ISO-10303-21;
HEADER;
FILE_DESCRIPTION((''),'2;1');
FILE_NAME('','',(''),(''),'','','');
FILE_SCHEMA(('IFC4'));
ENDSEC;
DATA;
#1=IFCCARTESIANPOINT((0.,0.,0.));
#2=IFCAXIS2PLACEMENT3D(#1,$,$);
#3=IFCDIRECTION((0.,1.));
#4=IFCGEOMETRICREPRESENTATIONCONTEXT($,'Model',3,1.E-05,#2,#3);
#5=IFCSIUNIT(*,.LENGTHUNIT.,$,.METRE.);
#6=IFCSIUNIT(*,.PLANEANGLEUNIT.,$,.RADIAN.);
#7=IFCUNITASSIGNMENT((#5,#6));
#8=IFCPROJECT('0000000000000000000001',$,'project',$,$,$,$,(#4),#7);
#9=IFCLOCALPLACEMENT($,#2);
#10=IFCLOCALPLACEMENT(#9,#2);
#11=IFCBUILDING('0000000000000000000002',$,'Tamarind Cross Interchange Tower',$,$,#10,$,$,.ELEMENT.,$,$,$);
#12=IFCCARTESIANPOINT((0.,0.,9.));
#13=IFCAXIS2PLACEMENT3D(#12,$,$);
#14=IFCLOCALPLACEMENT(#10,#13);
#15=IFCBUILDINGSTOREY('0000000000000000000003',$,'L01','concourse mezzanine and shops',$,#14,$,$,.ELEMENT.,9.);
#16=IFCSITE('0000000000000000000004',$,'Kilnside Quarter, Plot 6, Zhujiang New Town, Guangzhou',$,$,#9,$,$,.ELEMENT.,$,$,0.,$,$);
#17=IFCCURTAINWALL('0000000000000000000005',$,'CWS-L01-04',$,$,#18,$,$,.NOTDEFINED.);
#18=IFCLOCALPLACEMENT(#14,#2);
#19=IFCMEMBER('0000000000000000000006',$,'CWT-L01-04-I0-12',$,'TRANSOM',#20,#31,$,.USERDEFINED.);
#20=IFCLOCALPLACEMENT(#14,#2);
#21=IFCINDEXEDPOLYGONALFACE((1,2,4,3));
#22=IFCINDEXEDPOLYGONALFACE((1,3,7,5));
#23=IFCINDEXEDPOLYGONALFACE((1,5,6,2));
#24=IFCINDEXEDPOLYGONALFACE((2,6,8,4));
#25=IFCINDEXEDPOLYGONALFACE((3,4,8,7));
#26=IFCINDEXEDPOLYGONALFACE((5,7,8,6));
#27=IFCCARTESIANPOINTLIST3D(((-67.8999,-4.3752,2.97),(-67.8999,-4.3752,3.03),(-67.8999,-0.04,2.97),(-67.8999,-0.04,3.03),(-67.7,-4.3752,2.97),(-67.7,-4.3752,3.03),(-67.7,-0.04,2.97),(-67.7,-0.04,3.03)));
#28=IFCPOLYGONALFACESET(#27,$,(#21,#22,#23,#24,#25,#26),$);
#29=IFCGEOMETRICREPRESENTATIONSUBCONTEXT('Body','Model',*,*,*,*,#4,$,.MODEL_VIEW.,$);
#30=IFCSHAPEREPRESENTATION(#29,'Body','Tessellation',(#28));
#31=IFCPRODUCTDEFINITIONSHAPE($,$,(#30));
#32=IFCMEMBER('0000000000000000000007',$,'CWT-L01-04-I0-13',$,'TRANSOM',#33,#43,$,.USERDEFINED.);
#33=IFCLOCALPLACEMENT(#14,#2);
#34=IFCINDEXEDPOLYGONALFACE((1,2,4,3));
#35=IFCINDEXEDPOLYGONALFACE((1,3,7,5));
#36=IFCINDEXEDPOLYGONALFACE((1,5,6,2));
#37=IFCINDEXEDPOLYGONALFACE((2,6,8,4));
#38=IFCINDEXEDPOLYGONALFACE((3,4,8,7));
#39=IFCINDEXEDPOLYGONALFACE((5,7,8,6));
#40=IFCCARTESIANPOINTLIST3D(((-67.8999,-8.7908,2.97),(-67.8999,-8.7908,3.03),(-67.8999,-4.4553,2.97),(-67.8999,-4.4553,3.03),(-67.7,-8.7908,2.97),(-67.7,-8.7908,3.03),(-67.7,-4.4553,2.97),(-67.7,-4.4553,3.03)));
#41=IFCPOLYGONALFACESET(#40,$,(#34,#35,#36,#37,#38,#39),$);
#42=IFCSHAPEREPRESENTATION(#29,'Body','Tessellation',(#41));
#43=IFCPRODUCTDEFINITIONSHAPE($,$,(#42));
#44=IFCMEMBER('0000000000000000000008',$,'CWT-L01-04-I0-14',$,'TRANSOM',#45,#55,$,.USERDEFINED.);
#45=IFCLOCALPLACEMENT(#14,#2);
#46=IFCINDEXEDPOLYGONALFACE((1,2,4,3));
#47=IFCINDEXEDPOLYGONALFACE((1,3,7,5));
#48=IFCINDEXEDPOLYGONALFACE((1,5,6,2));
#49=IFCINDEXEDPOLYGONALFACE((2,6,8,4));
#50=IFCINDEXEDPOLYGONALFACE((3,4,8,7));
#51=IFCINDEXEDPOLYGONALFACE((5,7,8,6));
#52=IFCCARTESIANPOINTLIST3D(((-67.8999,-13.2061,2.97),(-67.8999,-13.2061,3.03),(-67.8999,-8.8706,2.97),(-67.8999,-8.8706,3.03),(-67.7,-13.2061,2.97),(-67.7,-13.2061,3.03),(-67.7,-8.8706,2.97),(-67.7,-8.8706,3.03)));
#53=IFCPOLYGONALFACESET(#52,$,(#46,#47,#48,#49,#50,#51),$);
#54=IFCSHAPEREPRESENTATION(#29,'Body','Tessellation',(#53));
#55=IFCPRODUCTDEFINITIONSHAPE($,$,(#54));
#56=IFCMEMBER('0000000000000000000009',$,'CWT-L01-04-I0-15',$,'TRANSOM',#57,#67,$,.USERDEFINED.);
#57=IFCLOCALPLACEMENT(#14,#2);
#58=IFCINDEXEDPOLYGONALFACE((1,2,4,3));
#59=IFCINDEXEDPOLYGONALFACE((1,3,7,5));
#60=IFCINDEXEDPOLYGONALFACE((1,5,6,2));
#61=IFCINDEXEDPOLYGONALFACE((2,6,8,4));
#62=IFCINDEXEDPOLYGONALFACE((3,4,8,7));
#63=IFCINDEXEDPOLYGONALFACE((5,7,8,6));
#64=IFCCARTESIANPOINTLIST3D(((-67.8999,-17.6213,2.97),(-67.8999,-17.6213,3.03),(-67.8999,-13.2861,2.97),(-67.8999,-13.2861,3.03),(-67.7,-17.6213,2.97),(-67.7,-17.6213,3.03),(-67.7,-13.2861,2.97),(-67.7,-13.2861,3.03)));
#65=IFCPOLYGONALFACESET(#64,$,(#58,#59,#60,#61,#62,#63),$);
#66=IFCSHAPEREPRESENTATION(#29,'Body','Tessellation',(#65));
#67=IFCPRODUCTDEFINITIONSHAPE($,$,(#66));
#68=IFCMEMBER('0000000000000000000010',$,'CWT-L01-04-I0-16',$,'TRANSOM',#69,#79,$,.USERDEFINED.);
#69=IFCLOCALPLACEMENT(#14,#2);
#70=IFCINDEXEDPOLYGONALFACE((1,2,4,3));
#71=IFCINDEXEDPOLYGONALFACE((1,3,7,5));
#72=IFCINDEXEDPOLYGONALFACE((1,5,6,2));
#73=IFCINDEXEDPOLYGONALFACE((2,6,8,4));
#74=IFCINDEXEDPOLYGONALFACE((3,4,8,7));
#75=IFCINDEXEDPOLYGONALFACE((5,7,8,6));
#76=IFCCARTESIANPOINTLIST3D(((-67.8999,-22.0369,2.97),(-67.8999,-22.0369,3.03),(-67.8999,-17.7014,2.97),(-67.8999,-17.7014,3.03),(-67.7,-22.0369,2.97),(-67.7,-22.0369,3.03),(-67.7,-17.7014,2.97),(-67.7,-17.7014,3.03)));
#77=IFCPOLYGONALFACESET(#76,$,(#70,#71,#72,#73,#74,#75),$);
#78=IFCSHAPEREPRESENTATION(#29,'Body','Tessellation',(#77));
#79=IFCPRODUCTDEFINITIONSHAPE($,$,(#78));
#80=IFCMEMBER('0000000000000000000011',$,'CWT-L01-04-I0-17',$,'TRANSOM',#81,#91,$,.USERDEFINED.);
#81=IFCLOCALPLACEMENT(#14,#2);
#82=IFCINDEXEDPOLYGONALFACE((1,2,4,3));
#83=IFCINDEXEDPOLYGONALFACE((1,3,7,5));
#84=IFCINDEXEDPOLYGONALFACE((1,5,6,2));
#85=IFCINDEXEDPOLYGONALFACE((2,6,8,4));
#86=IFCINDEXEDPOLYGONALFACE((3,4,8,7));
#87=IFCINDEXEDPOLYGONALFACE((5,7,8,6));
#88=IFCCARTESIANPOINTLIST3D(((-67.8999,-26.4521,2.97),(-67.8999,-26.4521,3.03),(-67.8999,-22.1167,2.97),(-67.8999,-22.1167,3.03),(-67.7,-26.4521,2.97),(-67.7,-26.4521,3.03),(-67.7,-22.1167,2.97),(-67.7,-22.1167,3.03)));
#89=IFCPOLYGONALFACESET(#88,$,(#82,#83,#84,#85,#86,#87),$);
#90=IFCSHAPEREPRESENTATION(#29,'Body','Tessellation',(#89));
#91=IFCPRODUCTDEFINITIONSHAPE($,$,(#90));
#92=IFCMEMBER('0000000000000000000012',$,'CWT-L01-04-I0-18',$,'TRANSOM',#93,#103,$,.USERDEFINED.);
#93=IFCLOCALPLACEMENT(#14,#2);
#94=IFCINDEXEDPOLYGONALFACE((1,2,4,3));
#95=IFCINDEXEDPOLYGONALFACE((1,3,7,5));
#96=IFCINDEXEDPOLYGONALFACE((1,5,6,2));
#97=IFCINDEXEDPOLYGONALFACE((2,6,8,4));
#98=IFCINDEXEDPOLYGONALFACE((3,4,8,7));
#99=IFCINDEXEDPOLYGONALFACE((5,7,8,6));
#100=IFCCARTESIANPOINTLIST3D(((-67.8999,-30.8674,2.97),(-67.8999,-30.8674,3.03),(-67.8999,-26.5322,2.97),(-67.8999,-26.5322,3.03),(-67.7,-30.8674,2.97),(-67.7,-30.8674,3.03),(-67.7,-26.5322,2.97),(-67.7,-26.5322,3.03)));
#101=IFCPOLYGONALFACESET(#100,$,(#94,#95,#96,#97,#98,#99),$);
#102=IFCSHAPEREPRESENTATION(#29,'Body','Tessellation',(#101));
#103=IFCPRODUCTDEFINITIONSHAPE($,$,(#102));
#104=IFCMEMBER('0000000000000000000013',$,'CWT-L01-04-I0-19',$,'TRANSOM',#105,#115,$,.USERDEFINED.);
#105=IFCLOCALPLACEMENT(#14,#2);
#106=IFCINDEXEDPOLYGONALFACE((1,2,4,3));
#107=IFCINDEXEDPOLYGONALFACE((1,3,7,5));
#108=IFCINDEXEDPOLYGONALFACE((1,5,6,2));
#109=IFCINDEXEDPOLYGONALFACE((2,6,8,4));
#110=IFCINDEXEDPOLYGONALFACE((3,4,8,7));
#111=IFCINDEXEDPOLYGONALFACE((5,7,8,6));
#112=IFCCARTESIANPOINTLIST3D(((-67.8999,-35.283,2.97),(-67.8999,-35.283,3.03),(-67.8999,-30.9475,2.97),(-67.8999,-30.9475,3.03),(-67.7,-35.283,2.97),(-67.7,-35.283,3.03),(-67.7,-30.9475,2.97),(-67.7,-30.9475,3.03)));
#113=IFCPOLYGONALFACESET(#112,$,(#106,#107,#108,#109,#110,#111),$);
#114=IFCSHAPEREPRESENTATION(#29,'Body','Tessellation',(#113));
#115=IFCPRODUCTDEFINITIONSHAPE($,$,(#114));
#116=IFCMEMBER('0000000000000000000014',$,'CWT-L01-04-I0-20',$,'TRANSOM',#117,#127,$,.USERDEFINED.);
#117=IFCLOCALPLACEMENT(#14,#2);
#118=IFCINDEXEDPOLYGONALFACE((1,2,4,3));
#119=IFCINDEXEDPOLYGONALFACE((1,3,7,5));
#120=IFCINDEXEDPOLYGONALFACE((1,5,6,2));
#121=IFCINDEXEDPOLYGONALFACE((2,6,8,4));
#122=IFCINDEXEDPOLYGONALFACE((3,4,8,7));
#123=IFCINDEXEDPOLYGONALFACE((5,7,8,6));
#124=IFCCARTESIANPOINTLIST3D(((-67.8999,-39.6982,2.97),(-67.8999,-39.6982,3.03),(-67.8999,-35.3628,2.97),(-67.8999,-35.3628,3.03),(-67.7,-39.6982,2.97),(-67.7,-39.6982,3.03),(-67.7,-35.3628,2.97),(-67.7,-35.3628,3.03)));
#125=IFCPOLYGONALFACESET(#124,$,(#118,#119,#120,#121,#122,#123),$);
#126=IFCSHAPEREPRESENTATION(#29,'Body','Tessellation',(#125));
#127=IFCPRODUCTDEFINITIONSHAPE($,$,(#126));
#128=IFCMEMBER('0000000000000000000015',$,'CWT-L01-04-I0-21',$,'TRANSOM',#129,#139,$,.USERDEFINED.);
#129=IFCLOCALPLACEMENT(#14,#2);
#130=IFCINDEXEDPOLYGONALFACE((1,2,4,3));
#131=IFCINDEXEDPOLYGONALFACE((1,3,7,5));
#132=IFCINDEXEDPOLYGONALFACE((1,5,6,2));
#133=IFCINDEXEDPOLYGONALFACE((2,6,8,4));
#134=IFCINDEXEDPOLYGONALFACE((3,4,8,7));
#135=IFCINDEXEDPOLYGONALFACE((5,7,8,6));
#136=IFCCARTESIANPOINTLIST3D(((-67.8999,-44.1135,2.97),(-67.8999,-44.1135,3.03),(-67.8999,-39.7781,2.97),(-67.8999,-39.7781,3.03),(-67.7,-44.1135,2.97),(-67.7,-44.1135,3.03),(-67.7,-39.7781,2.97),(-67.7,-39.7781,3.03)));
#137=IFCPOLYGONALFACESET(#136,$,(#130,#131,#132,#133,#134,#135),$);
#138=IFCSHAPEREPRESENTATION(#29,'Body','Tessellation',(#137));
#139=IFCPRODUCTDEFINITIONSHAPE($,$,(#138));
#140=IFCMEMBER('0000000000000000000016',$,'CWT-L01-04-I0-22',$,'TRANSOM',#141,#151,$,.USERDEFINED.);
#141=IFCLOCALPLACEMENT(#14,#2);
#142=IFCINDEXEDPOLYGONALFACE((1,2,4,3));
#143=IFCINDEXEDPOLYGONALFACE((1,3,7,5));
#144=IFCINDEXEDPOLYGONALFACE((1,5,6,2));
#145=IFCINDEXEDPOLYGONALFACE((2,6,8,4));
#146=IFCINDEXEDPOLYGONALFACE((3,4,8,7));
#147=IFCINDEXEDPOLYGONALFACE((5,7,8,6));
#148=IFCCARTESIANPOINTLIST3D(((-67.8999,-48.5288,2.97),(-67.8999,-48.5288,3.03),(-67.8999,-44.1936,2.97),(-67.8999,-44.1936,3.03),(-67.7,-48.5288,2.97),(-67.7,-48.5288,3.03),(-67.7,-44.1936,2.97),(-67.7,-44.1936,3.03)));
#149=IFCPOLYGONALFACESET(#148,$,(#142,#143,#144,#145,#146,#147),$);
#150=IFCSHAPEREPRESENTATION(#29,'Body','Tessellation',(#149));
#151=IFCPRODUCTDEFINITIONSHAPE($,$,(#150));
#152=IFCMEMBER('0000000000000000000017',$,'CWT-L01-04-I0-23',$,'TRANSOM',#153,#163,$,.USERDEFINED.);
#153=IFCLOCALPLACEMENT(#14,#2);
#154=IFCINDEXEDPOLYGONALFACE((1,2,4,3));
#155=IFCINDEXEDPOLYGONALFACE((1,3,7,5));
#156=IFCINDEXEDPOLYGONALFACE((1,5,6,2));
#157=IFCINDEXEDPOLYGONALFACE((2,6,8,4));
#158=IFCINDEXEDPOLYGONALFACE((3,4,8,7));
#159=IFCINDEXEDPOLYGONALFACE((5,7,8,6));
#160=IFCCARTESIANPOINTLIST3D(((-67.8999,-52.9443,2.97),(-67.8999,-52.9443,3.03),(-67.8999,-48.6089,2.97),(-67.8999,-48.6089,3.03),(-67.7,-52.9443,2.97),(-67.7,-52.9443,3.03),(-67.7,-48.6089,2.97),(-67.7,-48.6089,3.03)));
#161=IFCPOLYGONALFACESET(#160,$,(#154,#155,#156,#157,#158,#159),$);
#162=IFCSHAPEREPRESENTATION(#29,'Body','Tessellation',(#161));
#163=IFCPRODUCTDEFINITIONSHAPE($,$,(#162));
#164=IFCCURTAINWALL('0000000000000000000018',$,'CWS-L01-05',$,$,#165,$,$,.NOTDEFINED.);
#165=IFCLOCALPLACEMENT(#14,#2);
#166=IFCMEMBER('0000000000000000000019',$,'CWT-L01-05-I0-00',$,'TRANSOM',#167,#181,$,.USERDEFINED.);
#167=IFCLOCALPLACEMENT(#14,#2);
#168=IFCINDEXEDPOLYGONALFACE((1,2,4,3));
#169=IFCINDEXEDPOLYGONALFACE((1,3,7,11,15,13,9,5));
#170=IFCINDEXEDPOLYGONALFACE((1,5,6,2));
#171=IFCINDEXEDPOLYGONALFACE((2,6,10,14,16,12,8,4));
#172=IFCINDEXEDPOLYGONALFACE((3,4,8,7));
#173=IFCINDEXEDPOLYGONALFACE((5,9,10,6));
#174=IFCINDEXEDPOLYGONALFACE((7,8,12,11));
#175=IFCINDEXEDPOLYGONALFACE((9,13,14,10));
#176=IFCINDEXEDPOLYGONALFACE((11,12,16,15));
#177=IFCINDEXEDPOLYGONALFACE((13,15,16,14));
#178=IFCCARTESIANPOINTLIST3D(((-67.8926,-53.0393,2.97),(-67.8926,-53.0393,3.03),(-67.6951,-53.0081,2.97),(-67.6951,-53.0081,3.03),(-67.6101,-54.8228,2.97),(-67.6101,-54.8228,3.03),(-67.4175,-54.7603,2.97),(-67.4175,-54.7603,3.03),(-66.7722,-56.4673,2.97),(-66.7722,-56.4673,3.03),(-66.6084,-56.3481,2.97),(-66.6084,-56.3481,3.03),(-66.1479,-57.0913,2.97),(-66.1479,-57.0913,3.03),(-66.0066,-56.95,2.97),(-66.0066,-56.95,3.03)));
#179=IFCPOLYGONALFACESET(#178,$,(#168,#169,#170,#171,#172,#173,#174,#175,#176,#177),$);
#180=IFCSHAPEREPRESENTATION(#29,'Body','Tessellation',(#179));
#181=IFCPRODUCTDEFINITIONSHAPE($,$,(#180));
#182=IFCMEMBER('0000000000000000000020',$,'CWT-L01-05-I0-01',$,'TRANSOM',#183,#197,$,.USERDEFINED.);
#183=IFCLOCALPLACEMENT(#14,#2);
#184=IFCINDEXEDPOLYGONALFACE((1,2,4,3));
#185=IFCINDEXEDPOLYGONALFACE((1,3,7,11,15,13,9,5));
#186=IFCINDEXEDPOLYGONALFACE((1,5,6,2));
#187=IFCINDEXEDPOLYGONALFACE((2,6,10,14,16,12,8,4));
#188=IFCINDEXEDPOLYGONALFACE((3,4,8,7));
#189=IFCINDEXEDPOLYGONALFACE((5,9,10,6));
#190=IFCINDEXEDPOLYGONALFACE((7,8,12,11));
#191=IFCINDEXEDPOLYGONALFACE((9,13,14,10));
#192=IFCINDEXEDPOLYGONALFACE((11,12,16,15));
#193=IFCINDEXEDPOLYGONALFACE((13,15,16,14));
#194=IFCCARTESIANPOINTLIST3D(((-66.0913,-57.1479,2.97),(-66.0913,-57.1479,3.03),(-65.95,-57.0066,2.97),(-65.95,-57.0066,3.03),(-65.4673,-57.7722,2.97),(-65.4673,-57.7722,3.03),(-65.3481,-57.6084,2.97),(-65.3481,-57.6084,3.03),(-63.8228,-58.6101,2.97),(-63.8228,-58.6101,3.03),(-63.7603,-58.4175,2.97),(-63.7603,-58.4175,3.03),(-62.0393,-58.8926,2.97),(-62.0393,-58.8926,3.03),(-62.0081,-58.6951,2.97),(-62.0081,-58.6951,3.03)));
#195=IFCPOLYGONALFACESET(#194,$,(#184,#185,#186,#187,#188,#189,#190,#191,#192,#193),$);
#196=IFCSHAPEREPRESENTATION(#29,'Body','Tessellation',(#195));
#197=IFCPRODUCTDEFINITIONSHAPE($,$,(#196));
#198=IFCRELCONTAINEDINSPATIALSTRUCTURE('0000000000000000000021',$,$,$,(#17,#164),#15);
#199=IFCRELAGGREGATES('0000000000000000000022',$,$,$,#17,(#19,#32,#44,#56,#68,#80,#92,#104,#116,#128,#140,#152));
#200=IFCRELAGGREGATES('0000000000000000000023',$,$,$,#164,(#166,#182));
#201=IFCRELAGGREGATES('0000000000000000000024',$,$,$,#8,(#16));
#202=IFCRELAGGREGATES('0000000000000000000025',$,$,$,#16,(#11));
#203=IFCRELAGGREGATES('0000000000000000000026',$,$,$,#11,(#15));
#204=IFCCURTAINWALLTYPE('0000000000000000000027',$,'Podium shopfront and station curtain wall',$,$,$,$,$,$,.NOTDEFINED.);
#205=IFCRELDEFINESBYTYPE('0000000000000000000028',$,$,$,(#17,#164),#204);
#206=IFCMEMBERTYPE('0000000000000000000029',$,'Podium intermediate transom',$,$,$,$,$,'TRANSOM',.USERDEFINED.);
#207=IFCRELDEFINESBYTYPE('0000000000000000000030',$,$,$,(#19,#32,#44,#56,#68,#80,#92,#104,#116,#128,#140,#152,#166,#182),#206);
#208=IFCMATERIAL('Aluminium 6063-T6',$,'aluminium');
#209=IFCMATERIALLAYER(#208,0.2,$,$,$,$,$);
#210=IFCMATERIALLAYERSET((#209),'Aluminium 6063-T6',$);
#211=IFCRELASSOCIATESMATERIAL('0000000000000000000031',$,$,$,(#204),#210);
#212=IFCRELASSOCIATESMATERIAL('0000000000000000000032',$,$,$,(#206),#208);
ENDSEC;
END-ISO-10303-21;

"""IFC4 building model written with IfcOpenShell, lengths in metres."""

from ifc_helpers import new_model, si_unit, direction, frame, origin, place, context, subcontext, project, spatial, polyline, outline, extrude, material, layer, layer_set, type_object, element, aggregate, save


model = new_model("IFC4")

# Units and contexts
model_context = context("Model", 3, precision=1e-05, world=origin(), true_north=direction((0.0, 1.0)))
body_context = subcontext(model_context, "Body", "Model", "MODEL_VIEW")
ifc_project = project(units=[si_unit("LENGTHUNIT", "METRE"), si_unit("PLANEANGLEUNIT", "RADIAN")], contexts=[model_context])

# Site, building, storey
site_placement = place(None, origin())
site = spatial("IfcSite", under=ifc_project, at=site_placement, Name="Kilnside Quarter, Plot 6, Zhujiang New Town, Guangzhou", CompositionType="ELEMENT", RefElevation=0.0)
building_placement = place(site_placement, origin())
building = spatial("IfcBuilding", under=site, at=building_placement, Name="Tamarind Cross Interchange Tower", CompositionType="ELEMENT")
storey_placement = place(building_placement, frame((0.0, 0.0, 9.0)))
storey = spatial("IfcBuildingStorey", under=building, at=storey_placement, Name="L01", Description="concourse mezzanine and shops", CompositionType="ELEMENT", Elevation=9.0)

# Curtain walls, members
ifc_material_1 = material(Name="Aluminium 6063-T6", Category="aluminium")
ifc_layer_1 = layer(ifc_material_1, 0.2)
ifc_layer_set_1 = layer_set([ifc_layer_1], Name="Aluminium 6063-T6")
curtain_wall_type = type_object("IfcCurtainWallType", Name="Podium shopfront and station curtain wall", PredefinedType="NOTDEFINED", material=ifc_layer_set_1)
curtain_wall_1_placement = place(storey_placement, origin())
curtain_wall_1 = element("IfcCurtainWall", 1, at=curtain_wall_1_placement, inside=storey, type_object=curtain_wall_type, Name="CWS-L01-04", PredefinedType="NOTDEFINED")
member_type = type_object("IfcMemberType", Name="Podium intermediate transom", ElementType="TRANSOM", PredefinedType="USERDEFINED", material=ifc_material_1)
member_1_placement = place(storey_placement, frame((0.0, 0.0, 2.97)))
member_1 = element("IfcMember", 2, at=member_1_placement, type_object=member_type, Name="CWT-L01-04-I0-12", ObjectType="TRANSOM", PredefinedType="USERDEFINED", context=body_context, shape_type="SweptSolid", body=[
    extrude(outline(polyline([(-67.7, -0.04), (-67.7, -4.3752), (-67.8999, -4.3752), (-67.8999, -0.04), (-67.7, -0.04)])), origin(), (0.0, 0.0, 1.0), 0.0601),
])
member_2_placement = place(storey_placement, frame((0.0, 0.0, 2.97)))
member_2 = element("IfcMember", 3, at=member_2_placement, type_object=member_type, Name="CWT-L01-04-I0-13", ObjectType="TRANSOM", PredefinedType="USERDEFINED", context=body_context, shape_type="SweptSolid", body=[
    extrude(outline(polyline([(-67.7, -4.4553), (-67.7, -8.7908), (-67.8999, -8.7908), (-67.8999, -4.4553), (-67.7, -4.4553)])), origin(), (0.0, 0.0, 1.0), 0.0601),
])
member_3_placement = place(storey_placement, frame((0.0, 0.0, 2.97)))
member_3 = element("IfcMember", 4, at=member_3_placement, type_object=member_type, Name="CWT-L01-04-I0-14", ObjectType="TRANSOM", PredefinedType="USERDEFINED", context=body_context, shape_type="SweptSolid", body=[
    extrude(outline(polyline([(-67.7, -8.8706), (-67.7, -13.2061), (-67.8999, -13.2061), (-67.8999, -8.8706), (-67.7, -8.8706)])), origin(), (0.0, 0.0, 1.0), 0.0601),
])
member_4_placement = place(storey_placement, frame((0.0, 0.0, 2.97)))
member_4 = element("IfcMember", 5, at=member_4_placement, type_object=member_type, Name="CWT-L01-04-I0-15", ObjectType="TRANSOM", PredefinedType="USERDEFINED", context=body_context, shape_type="SweptSolid", body=[
    extrude(outline(polyline([(-67.7, -13.2861), (-67.7, -17.6213), (-67.8999, -17.6213), (-67.8999, -13.2861), (-67.7, -13.2861)])), origin(), (0.0, 0.0, 1.0), 0.0601),
])
member_5_placement = place(storey_placement, frame((0.0, 0.0, 2.97)))
member_5 = element("IfcMember", 6, at=member_5_placement, type_object=member_type, Name="CWT-L01-04-I0-16", ObjectType="TRANSOM", PredefinedType="USERDEFINED", context=body_context, shape_type="SweptSolid", body=[
    extrude(outline(polyline([(-67.7, -17.7014), (-67.7, -22.0369), (-67.8999, -22.0369), (-67.8999, -17.7014), (-67.7, -17.7014)])), origin(), (0.0, 0.0, 1.0), 0.0601),
])
member_6_placement = place(storey_placement, frame((0.0, 0.0, 2.97)))
member_6 = element("IfcMember", 7, at=member_6_placement, type_object=member_type, Name="CWT-L01-04-I0-17", ObjectType="TRANSOM", PredefinedType="USERDEFINED", context=body_context, shape_type="SweptSolid", body=[
    extrude(outline(polyline([(-67.7, -22.1167), (-67.7, -26.4521), (-67.8999, -26.4521), (-67.8999, -22.1167), (-67.7, -22.1167)])), origin(), (0.0, 0.0, 1.0), 0.0601),
])
member_7_placement = place(storey_placement, frame((0.0, 0.0, 2.97)))
member_7 = element("IfcMember", 8, at=member_7_placement, type_object=member_type, Name="CWT-L01-04-I0-18", ObjectType="TRANSOM", PredefinedType="USERDEFINED", context=body_context, shape_type="SweptSolid", body=[
    extrude(outline(polyline([(-67.7, -26.5322), (-67.7, -30.8674), (-67.8999, -30.8674), (-67.8999, -26.5322), (-67.7, -26.5322)])), origin(), (0.0, 0.0, 1.0), 0.0601),
])
member_8_placement = place(storey_placement, frame((0.0, 0.0, 2.97)))
member_8 = element("IfcMember", 9, at=member_8_placement, type_object=member_type, Name="CWT-L01-04-I0-19", ObjectType="TRANSOM", PredefinedType="USERDEFINED", context=body_context, shape_type="SweptSolid", body=[
    extrude(outline(polyline([(-67.7, -30.9475), (-67.7, -35.283), (-67.8999, -35.283), (-67.8999, -30.9475), (-67.7, -30.9475)])), origin(), (0.0, 0.0, 1.0), 0.0601),
])
member_9_placement = place(storey_placement, frame((0.0, 0.0, 2.97)))
member_9 = element("IfcMember", 10, at=member_9_placement, type_object=member_type, Name="CWT-L01-04-I0-20", ObjectType="TRANSOM", PredefinedType="USERDEFINED", context=body_context, shape_type="SweptSolid", body=[
    extrude(outline(polyline([(-67.7, -35.3628), (-67.7, -39.6982), (-67.8999, -39.6982), (-67.8999, -35.3628), (-67.7, -35.3628)])), origin(), (0.0, 0.0, 1.0), 0.0601),
])
member_10_placement = place(storey_placement, frame((0.0, 0.0, 2.97)))
member_10 = element("IfcMember", 11, at=member_10_placement, type_object=member_type, Name="CWT-L01-04-I0-21", ObjectType="TRANSOM", PredefinedType="USERDEFINED", context=body_context, shape_type="SweptSolid", body=[
    extrude(outline(polyline([(-67.7, -39.7781), (-67.7, -44.1135), (-67.8999, -44.1135), (-67.8999, -39.7781), (-67.7, -39.7781)])), origin(), (0.0, 0.0, 1.0), 0.0601),
])
member_11_placement = place(storey_placement, frame((0.0, 0.0, 2.97)))
member_11 = element("IfcMember", 12, at=member_11_placement, type_object=member_type, Name="CWT-L01-04-I0-22", ObjectType="TRANSOM", PredefinedType="USERDEFINED", context=body_context, shape_type="SweptSolid", body=[
    extrude(outline(polyline([(-67.7, -44.1936), (-67.7, -48.5288), (-67.8999, -48.5288), (-67.8999, -44.1936), (-67.7, -44.1936)])), origin(), (0.0, 0.0, 1.0), 0.0601),
])
member_12_placement = place(storey_placement, frame((0.0, 0.0, 2.97)))
member_12 = element("IfcMember", 13, at=member_12_placement, type_object=member_type, Name="CWT-L01-04-I0-23", ObjectType="TRANSOM", PredefinedType="USERDEFINED", context=body_context, shape_type="SweptSolid", body=[
    extrude(outline(polyline([(-67.7, -48.6089), (-67.7, -52.9443), (-67.8999, -52.9443), (-67.8999, -48.6089), (-67.7, -48.6089)])), origin(), (0.0, 0.0, 1.0), 0.0601),
])
curtain_wall_2_placement = place(storey_placement, origin())
curtain_wall_2 = element("IfcCurtainWall", 14, at=curtain_wall_2_placement, inside=storey, type_object=curtain_wall_type, Name="CWS-L01-05", PredefinedType="NOTDEFINED")
member_13_placement = place(storey_placement, frame((0.0, 0.0, 2.97)))
member_13 = element("IfcMember", 15, at=member_13_placement, type_object=member_type, Name="CWT-L01-05-I0-00", ObjectType="TRANSOM", PredefinedType="USERDEFINED", context=body_context, shape_type="SweptSolid", body=[
    extrude(outline(polyline([(-67.6951, -53.0081), (-67.4175, -54.7603), (-66.6084, -56.3481), (-66.0066, -56.95), (-66.1479, -57.0913), (-66.7722, -56.4673), (-67.6101, -54.8228), (-67.8926, -53.0393), (-67.6951, -53.0081)])), origin(), (0.0, 0.0, 1.0), 0.0601),
])
member_14_placement = place(storey_placement, frame((0.0, 0.0, 2.97)))
member_14 = element("IfcMember", 16, at=member_14_placement, type_object=member_type, Name="CWT-L01-05-I0-01", ObjectType="TRANSOM", PredefinedType="USERDEFINED", context=body_context, shape_type="SweptSolid", body=[
    extrude(outline(polyline([(-65.95, -57.0066), (-65.3481, -57.6084), (-63.7603, -58.4175), (-62.0081, -58.6951), (-62.0393, -58.8926), (-63.8228, -58.6101), (-65.4673, -57.7722), (-66.0913, -57.1479), (-65.95, -57.0066)])), origin(), (0.0, 0.0, 1.0), 0.0601),
])

aggregate(curtain_wall_1, [member_1, member_2, member_3, member_4, member_5, member_6, member_7, member_8, member_9, member_10, member_11, member_12])
aggregate(curtain_wall_2, [member_13, member_14])

save(model, "model.ifc")
